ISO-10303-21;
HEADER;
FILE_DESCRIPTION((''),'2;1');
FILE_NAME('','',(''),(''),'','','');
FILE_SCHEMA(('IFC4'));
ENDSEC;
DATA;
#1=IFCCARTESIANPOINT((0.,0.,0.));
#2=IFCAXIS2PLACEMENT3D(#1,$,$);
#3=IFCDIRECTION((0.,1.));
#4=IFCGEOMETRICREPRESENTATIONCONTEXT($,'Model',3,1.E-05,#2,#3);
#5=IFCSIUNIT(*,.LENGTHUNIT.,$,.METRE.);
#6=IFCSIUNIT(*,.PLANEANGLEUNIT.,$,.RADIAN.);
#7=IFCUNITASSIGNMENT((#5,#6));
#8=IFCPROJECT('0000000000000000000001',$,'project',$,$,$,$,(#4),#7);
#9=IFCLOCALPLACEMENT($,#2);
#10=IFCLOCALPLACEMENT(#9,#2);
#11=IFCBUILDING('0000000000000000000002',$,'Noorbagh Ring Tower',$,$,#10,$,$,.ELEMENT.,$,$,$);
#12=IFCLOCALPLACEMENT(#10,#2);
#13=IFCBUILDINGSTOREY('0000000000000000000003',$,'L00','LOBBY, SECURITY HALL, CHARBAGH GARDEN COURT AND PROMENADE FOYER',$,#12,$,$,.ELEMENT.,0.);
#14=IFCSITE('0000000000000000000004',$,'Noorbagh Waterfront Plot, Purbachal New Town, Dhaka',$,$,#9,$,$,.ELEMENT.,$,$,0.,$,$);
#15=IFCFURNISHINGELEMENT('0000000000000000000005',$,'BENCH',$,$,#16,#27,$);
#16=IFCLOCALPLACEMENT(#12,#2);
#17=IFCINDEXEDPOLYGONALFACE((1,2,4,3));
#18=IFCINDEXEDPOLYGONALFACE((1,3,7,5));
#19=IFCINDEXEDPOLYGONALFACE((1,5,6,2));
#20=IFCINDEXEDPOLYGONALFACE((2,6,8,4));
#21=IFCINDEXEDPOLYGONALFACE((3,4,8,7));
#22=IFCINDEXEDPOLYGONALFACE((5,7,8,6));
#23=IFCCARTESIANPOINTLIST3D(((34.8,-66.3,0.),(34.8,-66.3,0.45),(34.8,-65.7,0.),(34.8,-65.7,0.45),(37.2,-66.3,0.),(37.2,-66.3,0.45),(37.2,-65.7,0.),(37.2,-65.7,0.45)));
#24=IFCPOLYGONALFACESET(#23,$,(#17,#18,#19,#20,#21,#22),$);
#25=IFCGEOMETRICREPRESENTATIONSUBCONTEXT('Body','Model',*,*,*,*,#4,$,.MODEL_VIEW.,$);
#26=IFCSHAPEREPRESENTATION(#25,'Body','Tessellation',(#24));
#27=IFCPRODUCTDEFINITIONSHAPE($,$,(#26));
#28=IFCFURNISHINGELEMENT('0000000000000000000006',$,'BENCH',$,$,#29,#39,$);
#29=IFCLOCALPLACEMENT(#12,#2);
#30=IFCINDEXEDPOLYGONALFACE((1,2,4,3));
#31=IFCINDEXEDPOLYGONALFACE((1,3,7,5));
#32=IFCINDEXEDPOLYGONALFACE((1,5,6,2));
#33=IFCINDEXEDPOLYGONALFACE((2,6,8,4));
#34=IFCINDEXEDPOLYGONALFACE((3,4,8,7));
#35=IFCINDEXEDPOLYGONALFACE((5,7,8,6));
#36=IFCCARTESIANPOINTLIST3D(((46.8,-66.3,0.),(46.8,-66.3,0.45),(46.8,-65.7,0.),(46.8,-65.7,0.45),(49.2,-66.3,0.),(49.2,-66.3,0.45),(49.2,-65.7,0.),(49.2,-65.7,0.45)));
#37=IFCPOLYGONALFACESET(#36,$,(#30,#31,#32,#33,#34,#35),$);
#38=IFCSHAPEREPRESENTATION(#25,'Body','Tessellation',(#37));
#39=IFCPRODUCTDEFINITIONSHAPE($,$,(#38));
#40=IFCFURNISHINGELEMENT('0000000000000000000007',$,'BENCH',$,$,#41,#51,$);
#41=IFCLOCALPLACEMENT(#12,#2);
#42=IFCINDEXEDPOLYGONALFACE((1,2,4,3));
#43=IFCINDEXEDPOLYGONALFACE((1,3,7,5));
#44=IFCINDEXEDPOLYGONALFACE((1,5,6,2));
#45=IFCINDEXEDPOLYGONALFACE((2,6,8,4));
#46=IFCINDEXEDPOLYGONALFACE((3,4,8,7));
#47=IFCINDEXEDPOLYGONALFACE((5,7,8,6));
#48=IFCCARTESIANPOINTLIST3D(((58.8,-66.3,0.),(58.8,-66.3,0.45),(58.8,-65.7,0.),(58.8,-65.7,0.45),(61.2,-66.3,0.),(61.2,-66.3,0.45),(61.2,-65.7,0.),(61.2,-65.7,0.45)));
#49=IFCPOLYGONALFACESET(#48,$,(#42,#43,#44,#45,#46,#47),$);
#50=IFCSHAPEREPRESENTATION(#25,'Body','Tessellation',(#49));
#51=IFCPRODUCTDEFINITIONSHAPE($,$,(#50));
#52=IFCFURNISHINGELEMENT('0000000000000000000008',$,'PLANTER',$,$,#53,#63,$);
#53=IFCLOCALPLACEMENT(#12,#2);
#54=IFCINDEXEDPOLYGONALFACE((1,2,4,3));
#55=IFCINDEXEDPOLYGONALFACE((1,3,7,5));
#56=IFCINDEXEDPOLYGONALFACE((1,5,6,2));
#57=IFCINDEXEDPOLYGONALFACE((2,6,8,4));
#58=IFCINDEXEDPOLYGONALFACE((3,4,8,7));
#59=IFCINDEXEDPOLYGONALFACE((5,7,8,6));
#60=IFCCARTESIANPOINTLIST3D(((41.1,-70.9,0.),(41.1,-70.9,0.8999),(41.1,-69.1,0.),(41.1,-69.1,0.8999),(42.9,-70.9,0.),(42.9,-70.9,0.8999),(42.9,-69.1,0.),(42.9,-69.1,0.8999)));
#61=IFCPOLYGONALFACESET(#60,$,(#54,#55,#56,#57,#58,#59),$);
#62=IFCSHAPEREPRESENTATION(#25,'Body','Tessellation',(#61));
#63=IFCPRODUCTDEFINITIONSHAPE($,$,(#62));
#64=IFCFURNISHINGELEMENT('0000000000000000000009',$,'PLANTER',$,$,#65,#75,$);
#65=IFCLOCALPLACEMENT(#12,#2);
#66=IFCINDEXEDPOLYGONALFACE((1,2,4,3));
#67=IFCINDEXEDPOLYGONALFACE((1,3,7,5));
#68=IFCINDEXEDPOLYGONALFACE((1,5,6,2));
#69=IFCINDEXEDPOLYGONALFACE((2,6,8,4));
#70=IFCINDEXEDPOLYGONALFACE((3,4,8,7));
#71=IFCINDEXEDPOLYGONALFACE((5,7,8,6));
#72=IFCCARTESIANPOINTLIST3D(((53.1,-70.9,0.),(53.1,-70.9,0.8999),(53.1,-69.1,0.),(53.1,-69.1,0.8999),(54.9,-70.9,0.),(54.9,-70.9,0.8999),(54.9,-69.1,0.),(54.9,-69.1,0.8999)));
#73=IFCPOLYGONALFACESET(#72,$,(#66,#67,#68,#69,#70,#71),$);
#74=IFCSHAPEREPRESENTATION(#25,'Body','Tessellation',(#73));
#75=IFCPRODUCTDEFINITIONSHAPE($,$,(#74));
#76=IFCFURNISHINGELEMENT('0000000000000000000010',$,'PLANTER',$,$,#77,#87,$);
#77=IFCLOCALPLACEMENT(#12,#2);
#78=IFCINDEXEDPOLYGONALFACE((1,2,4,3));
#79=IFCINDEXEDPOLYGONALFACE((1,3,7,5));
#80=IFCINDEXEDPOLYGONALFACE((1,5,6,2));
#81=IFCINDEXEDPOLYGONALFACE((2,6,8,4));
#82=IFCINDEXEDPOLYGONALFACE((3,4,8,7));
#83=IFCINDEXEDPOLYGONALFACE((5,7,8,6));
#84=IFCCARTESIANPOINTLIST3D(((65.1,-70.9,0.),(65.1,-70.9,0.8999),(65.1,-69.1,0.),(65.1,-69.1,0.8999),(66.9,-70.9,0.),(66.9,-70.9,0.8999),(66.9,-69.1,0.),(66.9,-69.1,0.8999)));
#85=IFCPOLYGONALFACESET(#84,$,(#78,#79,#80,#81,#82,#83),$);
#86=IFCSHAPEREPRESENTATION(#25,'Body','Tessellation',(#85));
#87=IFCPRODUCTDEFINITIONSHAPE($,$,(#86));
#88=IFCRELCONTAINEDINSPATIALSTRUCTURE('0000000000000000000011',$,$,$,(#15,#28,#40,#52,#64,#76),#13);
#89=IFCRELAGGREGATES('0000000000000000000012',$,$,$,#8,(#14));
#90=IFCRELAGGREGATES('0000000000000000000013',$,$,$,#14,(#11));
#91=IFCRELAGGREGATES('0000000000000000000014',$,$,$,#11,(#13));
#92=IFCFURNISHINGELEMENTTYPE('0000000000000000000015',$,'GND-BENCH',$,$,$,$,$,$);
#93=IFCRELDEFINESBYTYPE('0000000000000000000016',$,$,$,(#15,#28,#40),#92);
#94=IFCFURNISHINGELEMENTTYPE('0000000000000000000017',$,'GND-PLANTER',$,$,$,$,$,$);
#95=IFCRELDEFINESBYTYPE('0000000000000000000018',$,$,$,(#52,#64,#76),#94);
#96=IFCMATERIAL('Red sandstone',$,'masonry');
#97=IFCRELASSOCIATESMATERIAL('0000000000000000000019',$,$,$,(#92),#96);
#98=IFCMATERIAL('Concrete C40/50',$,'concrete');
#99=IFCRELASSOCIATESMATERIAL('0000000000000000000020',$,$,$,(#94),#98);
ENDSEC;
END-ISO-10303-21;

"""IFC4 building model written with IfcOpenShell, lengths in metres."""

from ifc_helpers import new_model, si_unit, direction, frame, origin, origin_2d, place, context, subcontext, project, spatial, rectangle, extrude, material, type_object, element, save


model = new_model("IFC4")

# Units and contexts
model_context = context("Model", 3, precision=1e-05, world=origin(), true_north=direction((0.0, 1.0)))
body_context = subcontext(model_context, "Body", "Model", "MODEL_VIEW")
ifc_project = project(units=[si_unit("LENGTHUNIT", "METRE"), si_unit("PLANEANGLEUNIT", "RADIAN")], contexts=[model_context])

# Site, building, storey
site_placement = place(None, origin())
site = spatial("IfcSite", under=ifc_project, at=site_placement, Name="Noorbagh Waterfront Plot, Purbachal New Town, Dhaka", CompositionType="ELEMENT", RefElevation=0.0)
building_placement = place(site_placement, origin())
building = spatial("IfcBuilding", under=site, at=building_placement, Name="Noorbagh Ring Tower", CompositionType="ELEMENT")
storey_placement = place(building_placement, origin())
storey = spatial("IfcBuildingStorey", under=building, at=storey_placement, Name="L00", Description="LOBBY, SECURITY HALL, CHARBAGH GARDEN COURT AND PROMENADE FOYER", CompositionType="ELEMENT", Elevation=0.0)

# Furnishing elements
ifc_material_1 = material(Name="Red sandstone", Category="masonry")
furnishing_element_type_1 = type_object("IfcFurnishingElementType", Name="GND-BENCH", material=ifc_material_1)
for number, where, z_axis, x_axis, name in (
    (1, (36.0, -66.0, 0.0), (0.0, 0.0, 1.0), (1.0, 0.0, 0.0), "BENCH"),
    (2, (48.0, -66.0, 0.0), (0.0, 0.0, 1.0), (1.0, 0.0, 0.0), "BENCH"),
    (3, (60.0, -66.0, 0.0), (0.0, 0.0, 1.0), (1.0, 0.0, 0.0), "BENCH"),
):
    element("IfcFurnishingElement", number, at=place(storey_placement, frame(where, z_axis=z_axis, x_axis=x_axis)), inside=storey, type_object=furnishing_element_type_1, Name=name, context=body_context, shape_type="SweptSolid", body=[
        extrude(rectangle(XDim=2.3999, YDim=0.6001, at=origin_2d()), origin(), (0.0, 0.0, 1.0), 0.45),
    ])
ifc_material_2 = material(Name="Concrete C40/50", Category="concrete")
furnishing_element_type_2 = type_object("IfcFurnishingElementType", Name="GND-PLANTER", material=ifc_material_2)
for number, where, z_axis, x_axis, name in (
    (4, (42.0, -70.0, 0.0), (0.0, 0.0, 1.0), (1.0, 0.0, 0.0), "PLANTER"),
    (5, (54.0, -70.0, 0.0), (0.0, 0.0, 1.0), (1.0, 0.0, 0.0), "PLANTER"),
    (6, (66.0, -70.0, 0.0), (0.0, 0.0, 1.0), (1.0, 0.0, 0.0), "PLANTER"),
):
    element("IfcFurnishingElement", number, at=place(storey_placement, frame(where, z_axis=z_axis, x_axis=x_axis)), inside=storey, type_object=furnishing_element_type_2, Name=name, context=body_context, shape_type="SweptSolid", body=[
        extrude(rectangle(XDim=1.8, YDim=1.8, at=origin_2d()), origin(), (0.0, 0.0, 1.0), 0.8999),
    ])

save(model, "model.ifc")
